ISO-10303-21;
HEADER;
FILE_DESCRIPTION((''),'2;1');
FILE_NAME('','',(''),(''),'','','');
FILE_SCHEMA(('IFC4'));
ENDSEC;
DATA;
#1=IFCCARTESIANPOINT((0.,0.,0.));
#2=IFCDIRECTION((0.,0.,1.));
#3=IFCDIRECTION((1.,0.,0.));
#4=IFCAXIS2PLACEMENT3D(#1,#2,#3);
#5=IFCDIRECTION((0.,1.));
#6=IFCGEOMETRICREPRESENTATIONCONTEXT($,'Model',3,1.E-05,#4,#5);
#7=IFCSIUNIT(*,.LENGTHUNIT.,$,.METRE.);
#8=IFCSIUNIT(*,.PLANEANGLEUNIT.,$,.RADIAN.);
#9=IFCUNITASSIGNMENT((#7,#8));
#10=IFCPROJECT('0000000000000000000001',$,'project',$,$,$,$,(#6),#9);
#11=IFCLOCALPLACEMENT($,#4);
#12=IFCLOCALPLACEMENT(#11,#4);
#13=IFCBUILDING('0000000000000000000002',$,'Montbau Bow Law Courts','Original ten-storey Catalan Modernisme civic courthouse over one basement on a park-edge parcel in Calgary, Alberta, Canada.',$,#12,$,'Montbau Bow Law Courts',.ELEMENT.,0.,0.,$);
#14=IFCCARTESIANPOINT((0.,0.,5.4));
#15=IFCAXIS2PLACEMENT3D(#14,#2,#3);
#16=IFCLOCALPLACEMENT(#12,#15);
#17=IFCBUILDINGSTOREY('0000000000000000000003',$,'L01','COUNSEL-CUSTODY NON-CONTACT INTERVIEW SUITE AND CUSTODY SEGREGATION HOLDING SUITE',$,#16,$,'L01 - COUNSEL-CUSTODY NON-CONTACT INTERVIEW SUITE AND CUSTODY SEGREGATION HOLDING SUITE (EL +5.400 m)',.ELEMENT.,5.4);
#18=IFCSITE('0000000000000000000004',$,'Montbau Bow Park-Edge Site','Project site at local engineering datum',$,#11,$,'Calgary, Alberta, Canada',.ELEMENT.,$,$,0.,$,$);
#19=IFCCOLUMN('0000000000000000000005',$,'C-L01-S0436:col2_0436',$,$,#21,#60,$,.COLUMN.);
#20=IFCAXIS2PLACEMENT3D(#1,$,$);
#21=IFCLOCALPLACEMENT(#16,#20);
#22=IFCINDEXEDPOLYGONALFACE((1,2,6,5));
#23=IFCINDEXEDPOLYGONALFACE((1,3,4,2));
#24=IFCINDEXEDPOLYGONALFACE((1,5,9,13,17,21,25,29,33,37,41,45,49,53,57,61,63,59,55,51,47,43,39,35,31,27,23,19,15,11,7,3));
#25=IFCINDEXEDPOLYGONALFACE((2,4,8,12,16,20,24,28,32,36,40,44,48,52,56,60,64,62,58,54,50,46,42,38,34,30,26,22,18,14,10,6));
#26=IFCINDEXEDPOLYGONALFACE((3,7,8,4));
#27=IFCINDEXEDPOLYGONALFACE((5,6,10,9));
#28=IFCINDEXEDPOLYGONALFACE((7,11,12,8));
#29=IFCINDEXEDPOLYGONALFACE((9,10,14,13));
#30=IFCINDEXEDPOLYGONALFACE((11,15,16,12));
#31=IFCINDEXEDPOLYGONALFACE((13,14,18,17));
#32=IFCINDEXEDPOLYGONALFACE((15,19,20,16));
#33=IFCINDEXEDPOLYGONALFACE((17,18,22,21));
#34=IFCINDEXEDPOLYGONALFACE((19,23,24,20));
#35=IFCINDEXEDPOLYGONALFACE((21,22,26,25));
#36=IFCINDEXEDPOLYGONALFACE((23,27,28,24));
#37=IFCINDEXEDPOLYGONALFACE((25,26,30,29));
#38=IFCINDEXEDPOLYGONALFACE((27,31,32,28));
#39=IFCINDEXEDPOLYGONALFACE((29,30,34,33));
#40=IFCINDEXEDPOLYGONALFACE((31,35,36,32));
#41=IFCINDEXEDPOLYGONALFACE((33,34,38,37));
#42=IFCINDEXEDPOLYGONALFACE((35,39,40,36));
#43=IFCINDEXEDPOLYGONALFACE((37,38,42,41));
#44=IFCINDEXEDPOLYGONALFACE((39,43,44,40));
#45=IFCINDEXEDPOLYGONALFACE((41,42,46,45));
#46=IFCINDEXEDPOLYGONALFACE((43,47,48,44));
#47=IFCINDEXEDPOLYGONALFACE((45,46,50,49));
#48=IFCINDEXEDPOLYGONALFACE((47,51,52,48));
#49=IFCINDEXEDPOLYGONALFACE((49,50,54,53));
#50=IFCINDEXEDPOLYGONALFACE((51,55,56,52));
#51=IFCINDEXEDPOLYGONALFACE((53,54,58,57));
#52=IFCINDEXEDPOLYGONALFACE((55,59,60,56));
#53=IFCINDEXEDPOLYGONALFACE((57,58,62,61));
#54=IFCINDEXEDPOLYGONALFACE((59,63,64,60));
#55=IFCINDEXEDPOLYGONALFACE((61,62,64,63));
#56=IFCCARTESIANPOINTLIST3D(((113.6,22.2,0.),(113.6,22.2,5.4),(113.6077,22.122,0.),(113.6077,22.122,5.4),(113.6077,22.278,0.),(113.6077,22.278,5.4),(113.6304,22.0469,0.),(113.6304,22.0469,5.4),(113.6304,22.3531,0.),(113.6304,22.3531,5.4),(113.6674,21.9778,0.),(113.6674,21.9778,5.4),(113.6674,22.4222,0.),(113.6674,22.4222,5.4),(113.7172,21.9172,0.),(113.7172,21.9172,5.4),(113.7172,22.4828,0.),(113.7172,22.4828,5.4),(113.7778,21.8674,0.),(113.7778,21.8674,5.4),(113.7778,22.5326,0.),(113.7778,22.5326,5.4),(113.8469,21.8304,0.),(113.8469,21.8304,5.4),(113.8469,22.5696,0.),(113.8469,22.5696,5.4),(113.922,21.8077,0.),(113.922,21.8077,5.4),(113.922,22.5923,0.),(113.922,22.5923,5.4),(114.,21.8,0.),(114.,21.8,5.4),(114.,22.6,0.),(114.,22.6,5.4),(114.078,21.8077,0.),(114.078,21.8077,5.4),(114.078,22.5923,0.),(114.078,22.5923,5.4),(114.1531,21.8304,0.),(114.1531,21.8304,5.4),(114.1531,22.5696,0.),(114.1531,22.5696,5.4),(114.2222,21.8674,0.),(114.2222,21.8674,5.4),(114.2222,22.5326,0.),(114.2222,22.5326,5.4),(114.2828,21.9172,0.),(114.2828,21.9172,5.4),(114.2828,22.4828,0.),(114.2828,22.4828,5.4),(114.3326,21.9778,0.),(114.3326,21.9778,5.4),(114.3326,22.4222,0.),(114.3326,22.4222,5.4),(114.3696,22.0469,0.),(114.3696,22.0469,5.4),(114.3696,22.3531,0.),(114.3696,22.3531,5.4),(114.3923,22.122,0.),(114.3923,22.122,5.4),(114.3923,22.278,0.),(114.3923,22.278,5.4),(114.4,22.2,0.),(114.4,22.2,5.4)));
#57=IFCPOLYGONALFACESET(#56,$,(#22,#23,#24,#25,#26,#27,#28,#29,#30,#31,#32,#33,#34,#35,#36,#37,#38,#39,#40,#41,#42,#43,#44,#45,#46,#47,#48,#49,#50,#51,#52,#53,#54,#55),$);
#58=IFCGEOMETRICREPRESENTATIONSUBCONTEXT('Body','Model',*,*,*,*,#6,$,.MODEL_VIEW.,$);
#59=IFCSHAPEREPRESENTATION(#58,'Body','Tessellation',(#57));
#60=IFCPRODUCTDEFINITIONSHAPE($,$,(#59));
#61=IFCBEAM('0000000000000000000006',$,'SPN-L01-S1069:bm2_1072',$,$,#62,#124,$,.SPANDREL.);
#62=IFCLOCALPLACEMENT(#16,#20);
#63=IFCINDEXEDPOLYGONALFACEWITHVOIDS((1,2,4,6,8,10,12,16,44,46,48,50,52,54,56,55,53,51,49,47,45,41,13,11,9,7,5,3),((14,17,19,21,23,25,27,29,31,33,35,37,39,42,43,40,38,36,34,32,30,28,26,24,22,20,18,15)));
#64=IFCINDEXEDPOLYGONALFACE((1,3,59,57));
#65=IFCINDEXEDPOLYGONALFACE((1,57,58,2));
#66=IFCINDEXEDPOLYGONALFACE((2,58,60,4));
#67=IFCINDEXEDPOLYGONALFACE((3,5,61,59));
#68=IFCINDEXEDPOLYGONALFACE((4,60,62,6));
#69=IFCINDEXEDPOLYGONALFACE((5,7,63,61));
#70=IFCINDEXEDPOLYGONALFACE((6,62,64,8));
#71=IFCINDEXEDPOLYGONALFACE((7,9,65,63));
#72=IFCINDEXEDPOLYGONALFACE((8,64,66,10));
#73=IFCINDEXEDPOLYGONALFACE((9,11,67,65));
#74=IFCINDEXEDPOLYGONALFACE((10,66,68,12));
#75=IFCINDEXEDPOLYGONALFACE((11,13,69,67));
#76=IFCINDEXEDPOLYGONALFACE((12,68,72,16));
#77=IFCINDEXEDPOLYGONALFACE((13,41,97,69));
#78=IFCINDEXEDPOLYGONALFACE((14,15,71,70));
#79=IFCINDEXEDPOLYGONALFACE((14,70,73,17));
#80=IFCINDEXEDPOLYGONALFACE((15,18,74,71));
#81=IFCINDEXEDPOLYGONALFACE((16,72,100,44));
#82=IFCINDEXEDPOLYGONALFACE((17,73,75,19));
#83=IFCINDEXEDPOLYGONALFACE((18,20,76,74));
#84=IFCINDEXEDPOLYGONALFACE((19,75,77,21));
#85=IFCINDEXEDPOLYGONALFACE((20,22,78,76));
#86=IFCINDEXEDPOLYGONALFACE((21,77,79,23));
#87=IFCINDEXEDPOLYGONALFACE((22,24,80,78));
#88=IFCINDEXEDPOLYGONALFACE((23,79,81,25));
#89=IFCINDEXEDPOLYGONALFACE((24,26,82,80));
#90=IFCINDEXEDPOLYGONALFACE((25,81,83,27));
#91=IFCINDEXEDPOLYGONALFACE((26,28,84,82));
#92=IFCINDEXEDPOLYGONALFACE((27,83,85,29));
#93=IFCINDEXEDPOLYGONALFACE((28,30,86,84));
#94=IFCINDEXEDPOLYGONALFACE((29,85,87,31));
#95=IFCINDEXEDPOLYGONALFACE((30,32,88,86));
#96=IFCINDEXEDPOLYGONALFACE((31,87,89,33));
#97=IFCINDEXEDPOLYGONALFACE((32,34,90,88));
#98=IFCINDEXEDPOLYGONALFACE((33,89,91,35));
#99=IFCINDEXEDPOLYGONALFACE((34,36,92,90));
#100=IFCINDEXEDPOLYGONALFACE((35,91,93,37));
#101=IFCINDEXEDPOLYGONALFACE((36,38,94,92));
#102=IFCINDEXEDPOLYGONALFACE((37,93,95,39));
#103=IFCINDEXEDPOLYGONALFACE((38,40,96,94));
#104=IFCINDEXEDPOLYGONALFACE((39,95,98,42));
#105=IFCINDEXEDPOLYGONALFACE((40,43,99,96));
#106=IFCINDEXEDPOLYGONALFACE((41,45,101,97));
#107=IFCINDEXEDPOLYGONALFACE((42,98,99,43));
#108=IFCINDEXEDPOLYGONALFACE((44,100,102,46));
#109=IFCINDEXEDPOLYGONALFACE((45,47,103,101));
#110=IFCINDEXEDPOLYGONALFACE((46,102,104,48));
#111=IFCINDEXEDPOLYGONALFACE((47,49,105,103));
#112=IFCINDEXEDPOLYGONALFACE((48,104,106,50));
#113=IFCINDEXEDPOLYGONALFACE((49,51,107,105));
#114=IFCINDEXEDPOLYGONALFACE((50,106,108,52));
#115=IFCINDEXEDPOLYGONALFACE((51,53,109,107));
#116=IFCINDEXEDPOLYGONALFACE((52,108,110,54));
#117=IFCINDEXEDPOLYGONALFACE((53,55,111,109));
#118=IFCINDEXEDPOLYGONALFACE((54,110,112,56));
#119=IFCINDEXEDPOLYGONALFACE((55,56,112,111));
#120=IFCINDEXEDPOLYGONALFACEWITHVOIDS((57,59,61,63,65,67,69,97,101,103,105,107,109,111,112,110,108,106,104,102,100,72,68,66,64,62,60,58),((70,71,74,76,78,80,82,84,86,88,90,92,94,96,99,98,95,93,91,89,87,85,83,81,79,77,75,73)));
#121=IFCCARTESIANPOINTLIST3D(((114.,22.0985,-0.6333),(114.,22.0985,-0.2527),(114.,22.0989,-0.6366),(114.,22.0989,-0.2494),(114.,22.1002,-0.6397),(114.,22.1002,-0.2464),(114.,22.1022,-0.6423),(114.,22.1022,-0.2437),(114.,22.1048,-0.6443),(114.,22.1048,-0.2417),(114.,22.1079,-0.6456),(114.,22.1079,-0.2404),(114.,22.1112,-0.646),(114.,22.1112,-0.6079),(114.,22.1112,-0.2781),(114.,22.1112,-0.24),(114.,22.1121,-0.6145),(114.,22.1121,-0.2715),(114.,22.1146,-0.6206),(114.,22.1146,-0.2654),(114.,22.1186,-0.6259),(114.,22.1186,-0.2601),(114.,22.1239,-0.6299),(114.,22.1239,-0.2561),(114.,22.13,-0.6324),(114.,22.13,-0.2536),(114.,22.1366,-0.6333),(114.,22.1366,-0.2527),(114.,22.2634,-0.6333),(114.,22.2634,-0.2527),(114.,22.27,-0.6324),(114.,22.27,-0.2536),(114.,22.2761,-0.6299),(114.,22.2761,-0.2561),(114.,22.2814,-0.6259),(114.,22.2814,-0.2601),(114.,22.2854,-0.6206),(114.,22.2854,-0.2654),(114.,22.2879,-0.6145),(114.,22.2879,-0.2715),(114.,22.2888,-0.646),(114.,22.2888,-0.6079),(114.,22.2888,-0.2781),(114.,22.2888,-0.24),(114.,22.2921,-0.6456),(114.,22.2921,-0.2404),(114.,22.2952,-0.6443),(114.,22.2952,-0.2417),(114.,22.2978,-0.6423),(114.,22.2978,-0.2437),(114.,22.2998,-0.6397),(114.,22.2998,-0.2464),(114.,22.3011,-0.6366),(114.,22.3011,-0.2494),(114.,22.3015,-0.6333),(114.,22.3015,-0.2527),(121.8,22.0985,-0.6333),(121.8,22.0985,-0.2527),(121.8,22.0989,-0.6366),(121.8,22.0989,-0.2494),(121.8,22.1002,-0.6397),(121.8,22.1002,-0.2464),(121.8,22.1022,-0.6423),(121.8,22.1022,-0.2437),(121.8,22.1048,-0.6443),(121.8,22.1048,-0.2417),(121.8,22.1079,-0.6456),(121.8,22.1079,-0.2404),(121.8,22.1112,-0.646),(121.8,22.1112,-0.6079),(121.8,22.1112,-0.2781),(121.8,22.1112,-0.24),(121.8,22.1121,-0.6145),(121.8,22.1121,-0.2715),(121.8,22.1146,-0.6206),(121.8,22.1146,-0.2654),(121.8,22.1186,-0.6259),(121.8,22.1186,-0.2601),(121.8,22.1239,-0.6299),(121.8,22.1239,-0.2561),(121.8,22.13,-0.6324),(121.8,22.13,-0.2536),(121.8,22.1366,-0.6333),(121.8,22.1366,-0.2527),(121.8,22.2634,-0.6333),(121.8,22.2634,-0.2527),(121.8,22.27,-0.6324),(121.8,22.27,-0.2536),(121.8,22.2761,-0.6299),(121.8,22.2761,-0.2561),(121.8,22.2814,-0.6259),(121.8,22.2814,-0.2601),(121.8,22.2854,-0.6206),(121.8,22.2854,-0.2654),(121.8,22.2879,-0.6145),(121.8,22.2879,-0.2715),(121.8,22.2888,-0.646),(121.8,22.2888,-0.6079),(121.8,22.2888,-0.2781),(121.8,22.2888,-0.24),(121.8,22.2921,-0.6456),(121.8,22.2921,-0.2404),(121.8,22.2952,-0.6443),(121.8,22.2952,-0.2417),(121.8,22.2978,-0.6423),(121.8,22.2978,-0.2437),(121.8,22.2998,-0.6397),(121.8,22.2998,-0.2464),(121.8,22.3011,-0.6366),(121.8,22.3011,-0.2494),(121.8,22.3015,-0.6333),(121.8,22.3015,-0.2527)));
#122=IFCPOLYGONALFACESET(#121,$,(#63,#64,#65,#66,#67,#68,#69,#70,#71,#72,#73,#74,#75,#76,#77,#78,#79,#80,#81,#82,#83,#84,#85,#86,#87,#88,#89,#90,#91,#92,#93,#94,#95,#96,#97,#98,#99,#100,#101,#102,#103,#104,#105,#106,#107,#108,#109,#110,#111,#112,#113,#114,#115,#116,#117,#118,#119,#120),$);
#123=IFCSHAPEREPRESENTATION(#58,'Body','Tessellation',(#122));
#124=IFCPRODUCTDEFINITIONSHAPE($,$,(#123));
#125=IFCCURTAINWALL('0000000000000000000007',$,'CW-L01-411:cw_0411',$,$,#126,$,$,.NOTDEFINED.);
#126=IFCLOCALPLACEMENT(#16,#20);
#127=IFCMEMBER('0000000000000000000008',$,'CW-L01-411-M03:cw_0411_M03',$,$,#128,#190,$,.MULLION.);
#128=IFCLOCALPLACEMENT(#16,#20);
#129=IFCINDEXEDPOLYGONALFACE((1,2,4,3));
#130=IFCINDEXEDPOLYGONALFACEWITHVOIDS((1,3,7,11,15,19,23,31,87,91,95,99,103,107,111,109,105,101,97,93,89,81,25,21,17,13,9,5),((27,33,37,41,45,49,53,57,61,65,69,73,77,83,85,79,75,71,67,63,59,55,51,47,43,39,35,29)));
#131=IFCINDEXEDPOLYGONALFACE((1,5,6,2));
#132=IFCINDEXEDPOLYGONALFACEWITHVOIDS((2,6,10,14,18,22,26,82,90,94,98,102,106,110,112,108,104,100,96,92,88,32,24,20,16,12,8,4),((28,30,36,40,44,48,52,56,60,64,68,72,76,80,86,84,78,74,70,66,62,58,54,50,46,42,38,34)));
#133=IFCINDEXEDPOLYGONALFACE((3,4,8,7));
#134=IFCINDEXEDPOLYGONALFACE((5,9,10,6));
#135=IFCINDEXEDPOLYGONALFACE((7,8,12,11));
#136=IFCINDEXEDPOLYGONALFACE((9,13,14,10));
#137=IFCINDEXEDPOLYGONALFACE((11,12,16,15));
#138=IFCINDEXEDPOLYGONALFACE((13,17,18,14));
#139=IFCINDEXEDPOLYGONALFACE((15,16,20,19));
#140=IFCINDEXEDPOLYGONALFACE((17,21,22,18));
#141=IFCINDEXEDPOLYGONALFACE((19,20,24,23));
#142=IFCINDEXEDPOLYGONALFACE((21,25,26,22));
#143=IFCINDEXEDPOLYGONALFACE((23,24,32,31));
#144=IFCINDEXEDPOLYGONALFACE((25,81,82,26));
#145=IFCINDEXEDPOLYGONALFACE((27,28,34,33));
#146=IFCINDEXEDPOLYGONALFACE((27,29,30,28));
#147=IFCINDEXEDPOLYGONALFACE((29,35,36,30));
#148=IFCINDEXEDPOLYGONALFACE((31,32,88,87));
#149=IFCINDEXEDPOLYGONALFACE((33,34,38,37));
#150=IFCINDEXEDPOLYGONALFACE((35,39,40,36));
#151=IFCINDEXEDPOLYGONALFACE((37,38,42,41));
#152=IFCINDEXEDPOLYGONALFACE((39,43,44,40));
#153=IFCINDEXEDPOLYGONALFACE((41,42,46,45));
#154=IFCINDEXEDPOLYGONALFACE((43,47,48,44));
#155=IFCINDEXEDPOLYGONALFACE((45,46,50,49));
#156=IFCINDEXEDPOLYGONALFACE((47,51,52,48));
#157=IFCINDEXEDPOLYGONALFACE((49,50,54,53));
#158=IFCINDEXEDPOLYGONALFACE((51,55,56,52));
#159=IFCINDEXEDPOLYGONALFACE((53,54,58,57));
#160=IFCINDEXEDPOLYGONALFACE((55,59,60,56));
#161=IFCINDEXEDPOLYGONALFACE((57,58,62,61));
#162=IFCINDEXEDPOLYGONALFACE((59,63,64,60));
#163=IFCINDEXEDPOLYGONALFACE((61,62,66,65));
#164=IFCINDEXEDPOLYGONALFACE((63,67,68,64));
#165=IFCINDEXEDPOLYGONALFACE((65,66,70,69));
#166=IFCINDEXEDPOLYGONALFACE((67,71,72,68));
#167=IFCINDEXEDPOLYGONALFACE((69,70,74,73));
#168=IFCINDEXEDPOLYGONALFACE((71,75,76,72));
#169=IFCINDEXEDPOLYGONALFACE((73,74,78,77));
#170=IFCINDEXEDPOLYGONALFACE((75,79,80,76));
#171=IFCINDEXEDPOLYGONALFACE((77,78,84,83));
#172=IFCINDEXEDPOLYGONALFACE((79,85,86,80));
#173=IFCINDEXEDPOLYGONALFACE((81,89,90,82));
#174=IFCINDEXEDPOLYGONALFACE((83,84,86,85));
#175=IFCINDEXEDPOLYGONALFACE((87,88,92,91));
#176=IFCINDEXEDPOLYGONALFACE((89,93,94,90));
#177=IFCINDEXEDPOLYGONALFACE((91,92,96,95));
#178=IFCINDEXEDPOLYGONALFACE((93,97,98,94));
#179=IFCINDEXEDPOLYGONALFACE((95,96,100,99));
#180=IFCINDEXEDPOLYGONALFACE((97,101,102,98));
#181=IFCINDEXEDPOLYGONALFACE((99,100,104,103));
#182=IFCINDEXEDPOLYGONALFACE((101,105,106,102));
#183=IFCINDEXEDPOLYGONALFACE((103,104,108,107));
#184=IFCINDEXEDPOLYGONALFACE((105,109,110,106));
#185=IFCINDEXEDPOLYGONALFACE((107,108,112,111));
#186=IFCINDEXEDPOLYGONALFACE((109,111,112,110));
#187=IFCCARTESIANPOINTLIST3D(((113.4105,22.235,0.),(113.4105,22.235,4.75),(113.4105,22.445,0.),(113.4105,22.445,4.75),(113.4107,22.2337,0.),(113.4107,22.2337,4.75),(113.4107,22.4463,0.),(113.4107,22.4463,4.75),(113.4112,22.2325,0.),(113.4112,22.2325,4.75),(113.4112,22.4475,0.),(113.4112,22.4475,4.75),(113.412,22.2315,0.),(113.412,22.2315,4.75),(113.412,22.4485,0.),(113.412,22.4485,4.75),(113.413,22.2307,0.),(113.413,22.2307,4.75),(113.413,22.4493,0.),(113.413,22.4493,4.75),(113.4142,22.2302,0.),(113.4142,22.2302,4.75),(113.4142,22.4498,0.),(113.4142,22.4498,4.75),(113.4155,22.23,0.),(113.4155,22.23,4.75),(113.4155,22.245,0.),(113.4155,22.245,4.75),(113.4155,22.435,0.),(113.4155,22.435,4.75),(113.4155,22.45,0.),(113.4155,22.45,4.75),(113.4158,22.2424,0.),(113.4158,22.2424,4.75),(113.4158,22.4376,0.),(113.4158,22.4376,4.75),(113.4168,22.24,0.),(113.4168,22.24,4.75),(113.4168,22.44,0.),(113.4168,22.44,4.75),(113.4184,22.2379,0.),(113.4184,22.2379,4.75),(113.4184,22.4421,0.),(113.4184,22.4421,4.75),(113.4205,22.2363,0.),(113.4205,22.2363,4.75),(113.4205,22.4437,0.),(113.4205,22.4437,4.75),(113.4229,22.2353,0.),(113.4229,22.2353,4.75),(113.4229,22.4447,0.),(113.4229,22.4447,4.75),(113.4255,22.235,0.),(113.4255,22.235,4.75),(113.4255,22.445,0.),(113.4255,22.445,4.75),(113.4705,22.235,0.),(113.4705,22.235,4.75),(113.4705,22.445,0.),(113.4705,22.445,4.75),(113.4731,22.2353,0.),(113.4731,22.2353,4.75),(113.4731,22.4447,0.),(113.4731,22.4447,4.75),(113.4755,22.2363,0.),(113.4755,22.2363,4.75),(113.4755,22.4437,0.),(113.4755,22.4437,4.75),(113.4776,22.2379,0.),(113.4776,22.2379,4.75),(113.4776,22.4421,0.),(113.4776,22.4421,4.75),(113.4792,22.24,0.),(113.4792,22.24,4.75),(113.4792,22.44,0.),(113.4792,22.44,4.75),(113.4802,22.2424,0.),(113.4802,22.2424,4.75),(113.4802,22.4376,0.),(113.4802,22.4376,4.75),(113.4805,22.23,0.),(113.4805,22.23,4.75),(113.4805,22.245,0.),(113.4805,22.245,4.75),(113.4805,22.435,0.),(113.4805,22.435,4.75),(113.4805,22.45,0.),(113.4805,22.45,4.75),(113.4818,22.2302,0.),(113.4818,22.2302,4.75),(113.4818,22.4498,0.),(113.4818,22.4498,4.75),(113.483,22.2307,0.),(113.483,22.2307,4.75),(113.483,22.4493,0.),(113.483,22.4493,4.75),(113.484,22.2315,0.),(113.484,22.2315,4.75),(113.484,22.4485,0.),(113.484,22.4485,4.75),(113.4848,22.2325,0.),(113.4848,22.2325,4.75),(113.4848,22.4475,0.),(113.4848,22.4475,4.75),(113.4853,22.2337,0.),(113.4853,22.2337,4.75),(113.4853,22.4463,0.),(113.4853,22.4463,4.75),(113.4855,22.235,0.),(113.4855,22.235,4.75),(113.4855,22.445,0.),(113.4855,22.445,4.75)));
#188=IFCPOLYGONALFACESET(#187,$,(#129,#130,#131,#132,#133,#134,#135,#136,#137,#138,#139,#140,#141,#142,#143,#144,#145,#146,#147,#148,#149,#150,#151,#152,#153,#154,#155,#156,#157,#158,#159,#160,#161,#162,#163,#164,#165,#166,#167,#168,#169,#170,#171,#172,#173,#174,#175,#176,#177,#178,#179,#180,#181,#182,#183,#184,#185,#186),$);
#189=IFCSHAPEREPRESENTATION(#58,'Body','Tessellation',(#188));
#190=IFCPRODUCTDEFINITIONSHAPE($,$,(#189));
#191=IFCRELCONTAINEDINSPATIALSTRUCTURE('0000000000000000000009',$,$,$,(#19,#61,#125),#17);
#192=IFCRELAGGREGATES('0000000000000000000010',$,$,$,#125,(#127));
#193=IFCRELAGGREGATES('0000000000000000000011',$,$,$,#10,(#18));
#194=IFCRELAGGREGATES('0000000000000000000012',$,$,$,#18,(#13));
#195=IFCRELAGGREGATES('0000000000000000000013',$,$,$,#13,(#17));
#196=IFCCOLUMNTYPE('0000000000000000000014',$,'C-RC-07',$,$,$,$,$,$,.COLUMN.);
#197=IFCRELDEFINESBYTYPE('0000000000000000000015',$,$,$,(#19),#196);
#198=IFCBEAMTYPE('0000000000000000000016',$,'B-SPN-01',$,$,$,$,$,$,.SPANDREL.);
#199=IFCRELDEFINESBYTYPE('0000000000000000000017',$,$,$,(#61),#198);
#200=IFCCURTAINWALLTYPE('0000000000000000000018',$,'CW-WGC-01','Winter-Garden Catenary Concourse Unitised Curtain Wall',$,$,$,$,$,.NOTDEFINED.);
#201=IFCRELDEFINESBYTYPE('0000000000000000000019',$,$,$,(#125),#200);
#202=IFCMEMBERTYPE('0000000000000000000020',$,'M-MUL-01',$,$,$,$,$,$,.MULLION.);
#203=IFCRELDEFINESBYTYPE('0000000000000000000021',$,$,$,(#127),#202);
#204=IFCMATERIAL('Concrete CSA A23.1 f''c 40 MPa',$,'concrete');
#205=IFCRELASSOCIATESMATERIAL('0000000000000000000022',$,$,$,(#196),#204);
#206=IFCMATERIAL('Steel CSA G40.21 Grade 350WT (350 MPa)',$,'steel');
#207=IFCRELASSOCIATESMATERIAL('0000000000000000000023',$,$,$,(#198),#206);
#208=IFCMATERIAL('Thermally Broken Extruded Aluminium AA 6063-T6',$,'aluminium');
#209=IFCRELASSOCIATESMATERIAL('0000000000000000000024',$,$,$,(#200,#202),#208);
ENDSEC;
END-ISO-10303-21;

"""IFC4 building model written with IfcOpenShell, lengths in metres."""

from ifc_helpers import new_model, si_unit, direction, frame, origin_with_axes, origin_2d_with_axis, place, context, subcontext, project, spatial, hollow_rectangle, circle, extrude, material, material_profile, profile_set, type_object, element, aggregate, save


model = new_model("IFC4")

# Units and contexts
model_context = context("Model", 3, precision=1e-05, world=origin_with_axes(), true_north=direction((0.0, 1.0)))
body_context = subcontext(model_context, "Body", "Model", "MODEL_VIEW")
ifc_project = project(units=[si_unit("LENGTHUNIT", "METRE"), si_unit("PLANEANGLEUNIT", "RADIAN")], contexts=[model_context])

# Site, building, storey
site_placement = place(None, origin_with_axes())
site = spatial("IfcSite", under=ifc_project, at=site_placement, Name="Montbau Bow Park-Edge Site", Description="Project site at local engineering datum", LongName="Calgary, Alberta, Canada", CompositionType="ELEMENT", RefElevation=0.0)
building_placement = place(site_placement, origin_with_axes())
building = spatial("IfcBuilding", under=site, at=building_placement, Name="Montbau Bow Law Courts", Description="Original ten-storey Catalan Modernisme civic courthouse over one basement on a park-edge parcel in Calgary, Alberta, Canada.", LongName="Montbau Bow Law Courts", CompositionType="ELEMENT", ElevationOfRefHeight=0.0, ElevationOfTerrain=0.0)
storey_placement = place(building_placement, frame((0.0, 0.0, 5.4), z_axis=(0.0, 0.0, 1.0), x_axis=(1.0, 0.0, 0.0)))
storey = spatial("IfcBuildingStorey", under=building, at=storey_placement, Name="L01", Description="COUNSEL-CUSTODY NON-CONTACT INTERVIEW SUITE AND CUSTODY SEGREGATION HOLDING SUITE", LongName="L01 - COUNSEL-CUSTODY NON-CONTACT INTERVIEW SUITE AND CUSTODY SEGREGATION HOLDING SUITE (EL +5.400 m)", CompositionType="ELEMENT", Elevation=5.4)

# Column
ifc_material_1 = material(Name="Concrete CSA A23.1 f'c 40 MPa", Category="concrete")
ifc_material_profile_1 = material_profile(ifc_material_1, circle(Radius=0.4, at=origin_2d_with_axis()), Name="RC800D", Category="Main", Priority=0)
ifc_profile_set_1 = profile_set([ifc_material_profile_1], Name="Concrete CSA A23.1 f'c 40 MPa")
column_type = type_object("IfcColumnType", Name="C-RC-07", PredefinedType="COLUMN", material=ifc_profile_set_1)
column_placement = place(None, frame((114.0, 22.2, 5.4), z_axis=(0.0, 0.0, 1.0), x_axis=(1.0, 0.0, 0.0)))
element("IfcColumn", 1, at=column_placement, inside=storey, type_object=column_type, Name="C-L01-S0436:col2_0436", PredefinedType="COLUMN", context=body_context, shape_type="SweptSolid", body=[
    extrude(circle(Radius=0.4, at=origin_2d_with_axis()), origin_with_axes(), (0.0, 0.0, 1.0), 5.4),
])

# Beam
ifc_material_2 = material(Name="Steel CSA G40.21 Grade 350WT (350 MPa)", Category="steel")
ifc_material_profile_2 = material_profile(ifc_material_2, hollow_rectangle(XDim=0.203, YDim=0.406, WallThickness=0.0127, InnerFilletRadius=0.0254, OuterFilletRadius=0.0127, at=origin_2d_with_axis()), Name="HSS406X203X13", Category="Main", Priority=0)
ifc_profile_set_2 = profile_set([ifc_material_profile_2], Name="Steel CSA G40.21 Grade 350WT (350 MPa)")
beam_type = type_object("IfcBeamType", Name="B-SPN-01", PredefinedType="SPANDREL", material=ifc_profile_set_2)
beam_placement = place(None, frame((114.0, 22.2, 4.957), z_axis=(1.0, 0.0, 0.0), x_axis=(0.0, 1.0, 0.0)))
element("IfcBeam", 2, at=beam_placement, inside=storey, type_object=beam_type, Name="SPN-L01-S1069:bm2_1072", PredefinedType="SPANDREL", context=body_context, shape_type="SweptSolid", body=[
    extrude(hollow_rectangle(XDim=0.203, YDim=0.406, WallThickness=0.0127, InnerFilletRadius=0.0254, OuterFilletRadius=0.0127, at=origin_2d_with_axis()), origin_with_axes(), (0.0, 0.0, 1.0), 7.8),
])

# Curtain wall, member
ifc_material_3 = material(Name="Thermally Broken Extruded Aluminium AA 6063-T6", Category="aluminium")
curtain_wall_type = type_object("IfcCurtainWallType", Name="CW-WGC-01", Description="Winter-Garden Catenary Concourse Unitised Curtain Wall", PredefinedType="NOTDEFINED", material=ifc_material_3)
curtain_wall_1_placement = place(None, frame((110.19, 22.34, 5.4), z_axis=(0.0, 0.0, 1.0), x_axis=(1.0, 0.0, 0.0)))
curtain_wall_1 = element("IfcCurtainWall", 3, at=curtain_wall_1_placement, inside=storey, type_object=curtain_wall_type, Name="CW-L01-411:cw_0411", PredefinedType="NOTDEFINED")
ifc_material_profile_3 = material_profile(ifc_material_3, hollow_rectangle(XDim=0.075, YDim=0.22, WallThickness=0.005, InnerFilletRadius=0.01, OuterFilletRadius=0.005, at=origin_2d_with_axis()), Name="CWM-220X75", Category="Main", Priority=0)
ifc_profile_set_3 = profile_set([ifc_material_profile_3], Name="Thermally Broken Extruded Aluminium AA 6063-T6")
member_type_1 = type_object("IfcMemberType", Name="M-MUL-01", PredefinedType="MULLION", material=ifc_profile_set_3)
member_1_placement = place(None, frame((113.448, 22.34, 5.4), z_axis=(0.0, 0.0, 1.0), x_axis=(1.0, 0.0, 0.0)))
member_1 = element("IfcMember", 4, at=member_1_placement, type_object=member_type_1, Name="CW-L01-411-M03:cw_0411_M03", PredefinedType="MULLION", context=body_context, shape_type="SweptSolid", body=[
    extrude(hollow_rectangle(XDim=0.075, YDim=0.22, WallThickness=0.005, InnerFilletRadius=0.01, OuterFilletRadius=0.005, at=origin_2d_with_axis()), origin_with_axes(), (0.0, 0.0, 1.0), 4.75),
])
aggregate(curtain_wall_1, [member_1])

save(model, "model.ifc")
